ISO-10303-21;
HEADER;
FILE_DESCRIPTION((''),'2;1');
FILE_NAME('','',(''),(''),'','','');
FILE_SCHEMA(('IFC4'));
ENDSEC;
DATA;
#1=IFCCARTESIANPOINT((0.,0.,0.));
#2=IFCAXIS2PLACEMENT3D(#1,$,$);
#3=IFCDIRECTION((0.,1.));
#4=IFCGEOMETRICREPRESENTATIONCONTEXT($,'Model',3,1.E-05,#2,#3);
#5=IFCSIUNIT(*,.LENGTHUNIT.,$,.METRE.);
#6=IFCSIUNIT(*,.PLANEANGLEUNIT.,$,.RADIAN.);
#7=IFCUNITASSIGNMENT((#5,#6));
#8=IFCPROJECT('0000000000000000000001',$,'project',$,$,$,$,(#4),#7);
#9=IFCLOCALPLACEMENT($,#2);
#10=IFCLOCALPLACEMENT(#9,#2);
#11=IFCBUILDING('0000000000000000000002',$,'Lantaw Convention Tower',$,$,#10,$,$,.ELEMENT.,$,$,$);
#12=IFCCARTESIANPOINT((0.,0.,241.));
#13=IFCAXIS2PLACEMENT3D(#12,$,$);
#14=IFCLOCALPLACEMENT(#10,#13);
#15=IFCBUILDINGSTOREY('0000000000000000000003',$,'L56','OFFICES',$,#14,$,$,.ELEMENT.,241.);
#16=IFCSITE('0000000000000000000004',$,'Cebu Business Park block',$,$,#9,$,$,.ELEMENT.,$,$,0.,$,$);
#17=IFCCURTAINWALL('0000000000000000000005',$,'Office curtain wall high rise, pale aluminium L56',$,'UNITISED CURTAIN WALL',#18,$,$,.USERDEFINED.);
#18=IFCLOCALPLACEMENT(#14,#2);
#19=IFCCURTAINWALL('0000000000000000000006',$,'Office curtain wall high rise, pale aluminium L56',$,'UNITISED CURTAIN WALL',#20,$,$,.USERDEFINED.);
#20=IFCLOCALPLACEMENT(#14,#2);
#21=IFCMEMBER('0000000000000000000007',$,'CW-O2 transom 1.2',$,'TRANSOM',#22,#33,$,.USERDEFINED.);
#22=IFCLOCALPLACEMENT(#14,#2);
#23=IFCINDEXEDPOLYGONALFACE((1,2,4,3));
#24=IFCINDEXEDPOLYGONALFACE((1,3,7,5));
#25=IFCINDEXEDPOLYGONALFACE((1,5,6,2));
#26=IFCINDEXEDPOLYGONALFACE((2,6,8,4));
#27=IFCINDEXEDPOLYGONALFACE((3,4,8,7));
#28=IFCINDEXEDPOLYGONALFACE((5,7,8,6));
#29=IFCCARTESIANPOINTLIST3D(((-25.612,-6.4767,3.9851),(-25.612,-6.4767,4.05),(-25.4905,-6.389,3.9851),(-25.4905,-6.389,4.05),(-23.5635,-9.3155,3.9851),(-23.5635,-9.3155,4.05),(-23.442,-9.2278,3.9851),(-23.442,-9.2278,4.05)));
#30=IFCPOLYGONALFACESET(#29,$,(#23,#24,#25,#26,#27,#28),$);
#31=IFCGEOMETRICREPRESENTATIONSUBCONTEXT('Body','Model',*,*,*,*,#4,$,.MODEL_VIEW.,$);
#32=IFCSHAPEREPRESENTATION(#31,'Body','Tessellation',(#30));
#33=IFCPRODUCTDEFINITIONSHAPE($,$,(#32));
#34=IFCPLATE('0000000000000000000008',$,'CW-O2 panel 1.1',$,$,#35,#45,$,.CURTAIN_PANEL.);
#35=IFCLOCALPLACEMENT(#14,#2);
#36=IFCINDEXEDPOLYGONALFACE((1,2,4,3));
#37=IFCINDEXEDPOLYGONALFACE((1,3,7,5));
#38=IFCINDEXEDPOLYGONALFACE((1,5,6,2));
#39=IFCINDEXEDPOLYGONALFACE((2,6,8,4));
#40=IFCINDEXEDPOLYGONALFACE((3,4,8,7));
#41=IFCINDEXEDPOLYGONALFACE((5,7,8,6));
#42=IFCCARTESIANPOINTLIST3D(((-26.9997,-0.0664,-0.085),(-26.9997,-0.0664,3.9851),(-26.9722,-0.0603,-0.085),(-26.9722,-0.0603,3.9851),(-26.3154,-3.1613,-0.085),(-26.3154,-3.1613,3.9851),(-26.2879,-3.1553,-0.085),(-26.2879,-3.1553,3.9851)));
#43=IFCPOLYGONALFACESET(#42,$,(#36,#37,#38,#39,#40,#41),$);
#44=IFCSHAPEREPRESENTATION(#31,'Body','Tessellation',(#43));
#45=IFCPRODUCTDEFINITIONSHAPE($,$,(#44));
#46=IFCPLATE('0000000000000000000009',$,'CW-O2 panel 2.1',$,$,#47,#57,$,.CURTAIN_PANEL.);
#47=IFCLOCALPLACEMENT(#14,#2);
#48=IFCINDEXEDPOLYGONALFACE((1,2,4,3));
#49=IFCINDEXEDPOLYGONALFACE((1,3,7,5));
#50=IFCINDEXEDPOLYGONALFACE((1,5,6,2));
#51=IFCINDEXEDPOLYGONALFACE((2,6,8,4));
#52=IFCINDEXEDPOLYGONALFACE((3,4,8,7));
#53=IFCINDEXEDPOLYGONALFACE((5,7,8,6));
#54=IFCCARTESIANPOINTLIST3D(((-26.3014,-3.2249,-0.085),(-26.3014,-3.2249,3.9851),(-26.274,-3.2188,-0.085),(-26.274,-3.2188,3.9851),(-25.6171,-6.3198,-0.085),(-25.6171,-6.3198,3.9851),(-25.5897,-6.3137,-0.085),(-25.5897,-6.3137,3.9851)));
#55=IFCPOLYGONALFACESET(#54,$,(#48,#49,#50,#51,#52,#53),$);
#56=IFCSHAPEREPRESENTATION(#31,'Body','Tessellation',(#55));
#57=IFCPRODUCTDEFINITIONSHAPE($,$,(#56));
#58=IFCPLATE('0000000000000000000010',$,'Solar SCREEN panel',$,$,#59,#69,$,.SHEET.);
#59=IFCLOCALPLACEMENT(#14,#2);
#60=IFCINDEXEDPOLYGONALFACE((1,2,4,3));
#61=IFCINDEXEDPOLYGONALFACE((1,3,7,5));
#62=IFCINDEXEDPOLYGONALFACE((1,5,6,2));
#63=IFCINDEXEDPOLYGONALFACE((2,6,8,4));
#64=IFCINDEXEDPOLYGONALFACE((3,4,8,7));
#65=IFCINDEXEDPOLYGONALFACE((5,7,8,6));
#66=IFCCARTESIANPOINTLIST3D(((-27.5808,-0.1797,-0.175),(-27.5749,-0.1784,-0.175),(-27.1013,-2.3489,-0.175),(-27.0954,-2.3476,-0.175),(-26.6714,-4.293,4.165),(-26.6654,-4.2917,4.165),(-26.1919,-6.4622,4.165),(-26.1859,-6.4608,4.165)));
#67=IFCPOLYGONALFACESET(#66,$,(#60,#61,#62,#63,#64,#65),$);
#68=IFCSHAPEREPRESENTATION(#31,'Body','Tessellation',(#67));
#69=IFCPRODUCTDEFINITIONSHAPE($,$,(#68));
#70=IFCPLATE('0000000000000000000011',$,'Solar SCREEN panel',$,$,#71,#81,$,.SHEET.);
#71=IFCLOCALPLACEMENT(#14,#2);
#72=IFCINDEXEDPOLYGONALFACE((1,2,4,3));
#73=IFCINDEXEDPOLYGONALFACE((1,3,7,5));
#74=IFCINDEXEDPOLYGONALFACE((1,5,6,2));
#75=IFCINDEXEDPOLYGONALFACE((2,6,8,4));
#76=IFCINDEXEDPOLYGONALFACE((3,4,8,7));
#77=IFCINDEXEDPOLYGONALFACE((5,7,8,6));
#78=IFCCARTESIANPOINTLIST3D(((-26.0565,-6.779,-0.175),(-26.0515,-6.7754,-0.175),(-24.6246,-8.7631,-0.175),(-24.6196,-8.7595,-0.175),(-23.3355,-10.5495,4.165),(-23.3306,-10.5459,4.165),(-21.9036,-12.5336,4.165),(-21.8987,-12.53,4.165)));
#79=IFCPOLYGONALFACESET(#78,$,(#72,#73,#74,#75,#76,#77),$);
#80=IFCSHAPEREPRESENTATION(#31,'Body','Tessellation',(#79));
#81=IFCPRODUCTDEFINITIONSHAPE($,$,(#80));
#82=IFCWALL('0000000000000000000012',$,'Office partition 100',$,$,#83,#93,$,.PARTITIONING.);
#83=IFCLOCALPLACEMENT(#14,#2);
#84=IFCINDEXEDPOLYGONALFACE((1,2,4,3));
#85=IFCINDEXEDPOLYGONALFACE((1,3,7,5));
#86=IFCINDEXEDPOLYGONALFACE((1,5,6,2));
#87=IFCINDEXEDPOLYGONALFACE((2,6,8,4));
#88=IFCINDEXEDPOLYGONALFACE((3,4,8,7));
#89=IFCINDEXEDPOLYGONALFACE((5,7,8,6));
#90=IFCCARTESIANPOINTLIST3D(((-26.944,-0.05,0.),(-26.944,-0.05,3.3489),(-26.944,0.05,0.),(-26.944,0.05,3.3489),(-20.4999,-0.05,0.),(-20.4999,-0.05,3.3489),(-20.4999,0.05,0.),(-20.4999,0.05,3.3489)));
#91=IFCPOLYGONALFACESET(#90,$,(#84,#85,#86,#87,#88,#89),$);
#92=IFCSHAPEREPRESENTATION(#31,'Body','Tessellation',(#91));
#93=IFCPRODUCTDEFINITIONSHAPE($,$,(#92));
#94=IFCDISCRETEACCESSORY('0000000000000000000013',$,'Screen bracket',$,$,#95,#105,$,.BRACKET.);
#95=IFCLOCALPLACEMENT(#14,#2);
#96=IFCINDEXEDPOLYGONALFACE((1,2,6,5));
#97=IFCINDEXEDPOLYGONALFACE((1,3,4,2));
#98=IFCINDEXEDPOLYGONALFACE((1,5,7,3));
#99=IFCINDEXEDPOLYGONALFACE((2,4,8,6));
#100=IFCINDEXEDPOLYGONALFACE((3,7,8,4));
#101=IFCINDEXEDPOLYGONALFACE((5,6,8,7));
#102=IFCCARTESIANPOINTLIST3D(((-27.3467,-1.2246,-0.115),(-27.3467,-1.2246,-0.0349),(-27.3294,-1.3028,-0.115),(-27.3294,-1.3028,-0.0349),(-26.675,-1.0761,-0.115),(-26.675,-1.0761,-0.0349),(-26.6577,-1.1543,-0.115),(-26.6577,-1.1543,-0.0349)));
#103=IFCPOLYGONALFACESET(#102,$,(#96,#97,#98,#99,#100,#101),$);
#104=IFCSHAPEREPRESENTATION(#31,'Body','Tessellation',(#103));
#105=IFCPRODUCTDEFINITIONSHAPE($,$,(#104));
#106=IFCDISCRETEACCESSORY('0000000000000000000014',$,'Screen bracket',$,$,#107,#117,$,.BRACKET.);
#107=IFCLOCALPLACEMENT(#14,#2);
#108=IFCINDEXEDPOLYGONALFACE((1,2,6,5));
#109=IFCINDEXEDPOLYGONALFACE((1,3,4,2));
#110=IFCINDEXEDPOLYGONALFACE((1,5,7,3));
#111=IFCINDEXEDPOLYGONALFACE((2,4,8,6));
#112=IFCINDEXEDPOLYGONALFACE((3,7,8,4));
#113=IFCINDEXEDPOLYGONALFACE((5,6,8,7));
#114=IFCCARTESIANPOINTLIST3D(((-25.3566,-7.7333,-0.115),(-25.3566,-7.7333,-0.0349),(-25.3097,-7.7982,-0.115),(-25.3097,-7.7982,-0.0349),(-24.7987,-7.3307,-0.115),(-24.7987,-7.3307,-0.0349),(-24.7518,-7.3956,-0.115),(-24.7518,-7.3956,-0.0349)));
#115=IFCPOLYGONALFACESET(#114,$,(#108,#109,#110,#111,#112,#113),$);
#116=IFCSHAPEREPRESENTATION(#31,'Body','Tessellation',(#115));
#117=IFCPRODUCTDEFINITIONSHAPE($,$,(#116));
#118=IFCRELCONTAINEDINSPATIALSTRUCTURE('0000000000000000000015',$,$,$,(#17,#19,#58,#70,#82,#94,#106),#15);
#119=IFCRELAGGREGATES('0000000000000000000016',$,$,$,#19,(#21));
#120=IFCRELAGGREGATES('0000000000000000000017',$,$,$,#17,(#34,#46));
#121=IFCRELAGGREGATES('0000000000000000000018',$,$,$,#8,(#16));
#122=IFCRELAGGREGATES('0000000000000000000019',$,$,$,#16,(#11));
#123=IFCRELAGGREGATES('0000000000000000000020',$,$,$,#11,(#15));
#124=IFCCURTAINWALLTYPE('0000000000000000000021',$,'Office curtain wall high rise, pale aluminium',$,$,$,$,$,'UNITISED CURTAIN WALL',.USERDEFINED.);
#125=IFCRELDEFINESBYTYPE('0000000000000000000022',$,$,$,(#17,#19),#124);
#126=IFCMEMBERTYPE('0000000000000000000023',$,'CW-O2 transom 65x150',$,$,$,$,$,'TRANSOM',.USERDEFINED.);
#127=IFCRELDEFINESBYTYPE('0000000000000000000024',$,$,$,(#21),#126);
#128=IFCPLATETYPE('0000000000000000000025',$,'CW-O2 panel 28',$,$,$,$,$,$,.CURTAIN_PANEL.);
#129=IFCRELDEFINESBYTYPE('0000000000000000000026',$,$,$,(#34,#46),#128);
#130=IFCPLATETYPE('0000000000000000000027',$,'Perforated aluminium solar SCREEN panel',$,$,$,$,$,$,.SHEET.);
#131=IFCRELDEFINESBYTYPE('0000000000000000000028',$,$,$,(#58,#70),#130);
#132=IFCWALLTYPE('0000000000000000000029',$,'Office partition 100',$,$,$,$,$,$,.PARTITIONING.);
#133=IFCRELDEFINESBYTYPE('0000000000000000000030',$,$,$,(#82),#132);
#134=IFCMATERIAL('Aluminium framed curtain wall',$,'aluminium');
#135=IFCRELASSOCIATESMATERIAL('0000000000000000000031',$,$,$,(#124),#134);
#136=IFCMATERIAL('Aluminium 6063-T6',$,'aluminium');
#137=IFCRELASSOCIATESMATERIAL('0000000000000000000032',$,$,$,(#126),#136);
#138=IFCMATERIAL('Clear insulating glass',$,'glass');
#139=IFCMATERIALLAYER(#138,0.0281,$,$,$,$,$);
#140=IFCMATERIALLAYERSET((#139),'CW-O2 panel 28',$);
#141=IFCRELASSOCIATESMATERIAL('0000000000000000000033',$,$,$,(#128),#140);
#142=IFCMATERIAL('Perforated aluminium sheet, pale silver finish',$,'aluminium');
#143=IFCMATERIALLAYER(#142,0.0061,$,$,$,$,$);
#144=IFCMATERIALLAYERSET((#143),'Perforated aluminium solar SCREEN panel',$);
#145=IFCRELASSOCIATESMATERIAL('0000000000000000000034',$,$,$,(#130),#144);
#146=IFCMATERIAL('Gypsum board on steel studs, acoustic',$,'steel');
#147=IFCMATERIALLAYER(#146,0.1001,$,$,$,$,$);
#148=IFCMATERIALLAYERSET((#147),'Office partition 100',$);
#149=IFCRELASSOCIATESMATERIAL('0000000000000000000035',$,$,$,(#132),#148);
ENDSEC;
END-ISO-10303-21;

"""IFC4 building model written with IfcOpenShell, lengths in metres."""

from ifc_helpers import new_model, si_unit, direction, frame, frame_2d, origin, origin_2d, place, context, subcontext, project, spatial, polyline, rectangle, outline, extrude, material, layer, layer_set, material_profile, profile_set, type_object, element, aggregate, save


model = new_model("IFC4")

# Units and contexts
model_context = context("Model", 3, precision=1e-05, world=origin(), true_north=direction((0.0, 1.0)))
body_context = subcontext(model_context, "Body", "Model", "MODEL_VIEW")
ifc_project = project(units=[si_unit("LENGTHUNIT", "METRE"), si_unit("PLANEANGLEUNIT", "RADIAN")], contexts=[model_context])

# Site, building, storey
site_placement = place(None, origin())
site = spatial("IfcSite", under=ifc_project, at=site_placement, Name="Cebu Business Park block", CompositionType="ELEMENT", RefElevation=0.0)
building_placement = place(site_placement, origin())
building = spatial("IfcBuilding", under=site, at=building_placement, Name="Lantaw Convention Tower", CompositionType="ELEMENT")
storey_placement = place(building_placement, frame((0.0, 0.0, 241.0)))
storey = spatial("IfcBuildingStorey", under=building, at=storey_placement, Name="L56", Description="OFFICES", CompositionType="ELEMENT", Elevation=241.0)

# Curtain wall
ifc_material_1 = material(Name="Aluminium framed curtain wall", Category="aluminium")
curtain_wall_type = type_object("IfcCurtainWallType", Name="Office curtain wall high rise, pale aluminium", ElementType="UNITISED CURTAIN WALL", PredefinedType="USERDEFINED", material=ifc_material_1)
curtain_wall_1_placement = place(storey_placement, origin())
curtain_wall_1 = element("IfcCurtainWall", 1, at=curtain_wall_1_placement, inside=storey, type_object=curtain_wall_type, Name="Office curtain wall high rise, pale aluminium L56", ObjectType="UNITISED CURTAIN WALL", PredefinedType="USERDEFINED")
ifc_material_2 = material(Name="Aluminium 6063-T6", Category="aluminium")

# Curtain wall
curtain_wall_2_placement = place(storey_placement, origin())
curtain_wall_2 = element("IfcCurtainWall", 2, at=curtain_wall_2_placement, inside=storey, type_object=curtain_wall_type, Name="Office curtain wall high rise, pale aluminium L56", ObjectType="UNITISED CURTAIN WALL", PredefinedType="USERDEFINED")

# Member
ifc_material_profile_1 = material_profile(ifc_material_2, rectangle(XDim=0.1499, YDim=0.0649, at=origin_2d()), Name="CW-O2 transom 65x150")
ifc_profile_set_1 = profile_set([ifc_material_profile_1], Name="Aluminium 6063-T6")
member_type_1 = type_object("IfcMemberType", Name="CW-O2 transom 65x150", ElementType="TRANSOM", PredefinedType="USERDEFINED", material=ifc_profile_set_1)
member_1_placement = place(storey_placement, frame((-25.5513, -6.4329, 4.0176), z_axis=(0.58517, -0.810911, 0.0), x_axis=(0.810911, 0.58517, 0.0)))
member_1 = element("IfcMember", 3, at=member_1_placement, type_object=member_type_1, Name="CW-O2 transom 1.2", ObjectType="TRANSOM", PredefinedType="USERDEFINED", context=body_context, shape_type="SweptSolid", body=[
    extrude(rectangle(XDim=0.1499, YDim=0.0649, at=origin_2d()), origin(), (0.0, 0.0, 1.0), 3.5007),
])
aggregate(curtain_wall_2, [member_1])

# Plates
ifc_material_3 = material(Name="Clear insulating glass", Category="glass")
ifc_layer_1 = layer(ifc_material_3, 0.0281)
ifc_layer_set_1 = layer_set([ifc_layer_1], Name="CW-O2 panel 28")
plate_type_1 = type_object("IfcPlateType", Name="CW-O2 panel 28", PredefinedType="CURTAIN_PANEL", material=ifc_layer_set_1)
plate_1_placement = place(storey_placement, frame((-26.6438, -1.6108, -0.085), z_axis=(0.0, 0.0, 1.0), x_axis=(0.215891, -0.976417, 0.0)))
plate_1 = element("IfcPlate", 4, at=plate_1_placement, type_object=plate_type_1, Name="CW-O2 panel 1.1", PredefinedType="CURTAIN_PANEL", context=body_context, shape_type="SweptSolid", body=[
    extrude(rectangle(XDim=3.1697, YDim=0.0281, at=origin_2d()), origin(), (0.0, 0.0, 1.0), 4.0701),
])
plate_2_placement = place(storey_placement, frame((-25.9456, -4.7693, -0.085), z_axis=(0.0, 0.0, 1.0), x_axis=(0.215891, -0.976417, 0.0)))
plate_2 = element("IfcPlate", 5, at=plate_2_placement, type_object=plate_type_1, Name="CW-O2 panel 2.1", PredefinedType="CURTAIN_PANEL", context=body_context, shape_type="SweptSolid", body=[
    extrude(rectangle(XDim=3.1697, YDim=0.0281, at=origin_2d()), origin(), (0.0, 0.0, 1.0), 4.0701),
])
aggregate(curtain_wall_1, [plate_1, plate_2])

# Plates
ifc_material_4 = material(Name="Perforated aluminium sheet, pale silver finish", Category="aluminium")
ifc_layer_2 = layer(ifc_material_4, 0.0061)
ifc_layer_set_2 = layer_set([ifc_layer_2], Name="Perforated aluminium solar SCREEN panel")
plate_type_2 = type_object("IfcPlateType", Name="Perforated aluminium solar SCREEN panel", PredefinedType="SHEET", material=ifc_layer_set_2)
plate_3_placement = place(storey_placement, frame((-27.5808, -0.1797, -0.175), z_axis=(-0.97643, -0.215837, 0.000044), x_axis=(0.215837, -0.97643, 0.0)))
element("IfcPlate", 6, at=plate_3_placement, inside=storey, type_object=plate_type_2, Name="Solar SCREEN panel", PredefinedType="SHEET", context=body_context, shape_type="SweptSolid", body=[
    extrude(outline(polyline([(0.0, 0.0), (2.2216, 0.0), (6.4342, 4.3401), (4.2126, 4.3401), (0.0, 0.0)])), origin(), (0.0, 0.0, -1.0), 0.0061),
])
plate_4_placement = place(storey_placement, frame((-26.0515, -6.7754, -0.175), z_axis=(0.810892, 0.585195, 0.00002), x_axis=(0.585195, -0.810892, 0.0)))
element("IfcPlate", 7, at=plate_4_placement, inside=storey, type_object=plate_type_2, Name="Solar SCREEN panel", PredefinedType="SHEET", context=body_context, shape_type="SweptSolid", body=[
    extrude(outline(polyline([(0.0, 0.0), (2.4468, 0.0), (7.0966, -4.3401), (4.6498, -4.3401), (0.0, 0.0)])), origin(), (0.0, 0.0, -1.0), 0.0061),
])

# Wall
ifc_material_5 = material(Name="Gypsum board on steel studs, acoustic", Category="steel")
ifc_layer_3 = layer(ifc_material_5, 0.1001)
ifc_layer_set_3 = layer_set([ifc_layer_3], Name="Office partition 100")
wall_type = type_object("IfcWallType", Name="Office partition 100", PredefinedType="PARTITIONING", material=ifc_layer_set_3)
wall_placement = place(storey_placement, frame((-26.9441, 0.0, 0.0), z_axis=(0.0, 0.0, 1.0), x_axis=(1.0, 0.0, 0.0)))
element("IfcWall", 8, at=wall_placement, inside=storey, type_object=wall_type, Name="Office partition 100", PredefinedType="PARTITIONING", context=body_context, shape_type="SweptSolid", body=[
    extrude(rectangle(XDim=6.4441, YDim=0.1001, at=frame_2d((3.2222, 0.0))), origin(), (0.0, 0.0, 1.0), 3.3489),
])

# Discrete accessories
for number, where, z_axis, x_axis, name in (
    (9, (-27.0022, -1.1895, -0.115), (0.0, 0.0, 1.0), (0.215891, -0.976417, 0.0), "Screen bracket"),
    (10, (-25.0542, -7.5645, -0.115), (0.0, 0.0, 1.0), (0.585158, -0.81092, 0.0), "Screen bracket"),
):
    element("IfcDiscreteAccessory", number, at=place(storey_placement, frame(where, z_axis=z_axis, x_axis=x_axis)), inside=storey, Name=name, PredefinedType="BRACKET", context=body_context, shape_type="SweptSolid", body=[
        extrude(rectangle(XDim=0.0801, YDim=0.688, at=origin_2d()), origin(), (0.0, 0.0, 1.0), 0.0801),
    ])

save(model, "model.ifc")
